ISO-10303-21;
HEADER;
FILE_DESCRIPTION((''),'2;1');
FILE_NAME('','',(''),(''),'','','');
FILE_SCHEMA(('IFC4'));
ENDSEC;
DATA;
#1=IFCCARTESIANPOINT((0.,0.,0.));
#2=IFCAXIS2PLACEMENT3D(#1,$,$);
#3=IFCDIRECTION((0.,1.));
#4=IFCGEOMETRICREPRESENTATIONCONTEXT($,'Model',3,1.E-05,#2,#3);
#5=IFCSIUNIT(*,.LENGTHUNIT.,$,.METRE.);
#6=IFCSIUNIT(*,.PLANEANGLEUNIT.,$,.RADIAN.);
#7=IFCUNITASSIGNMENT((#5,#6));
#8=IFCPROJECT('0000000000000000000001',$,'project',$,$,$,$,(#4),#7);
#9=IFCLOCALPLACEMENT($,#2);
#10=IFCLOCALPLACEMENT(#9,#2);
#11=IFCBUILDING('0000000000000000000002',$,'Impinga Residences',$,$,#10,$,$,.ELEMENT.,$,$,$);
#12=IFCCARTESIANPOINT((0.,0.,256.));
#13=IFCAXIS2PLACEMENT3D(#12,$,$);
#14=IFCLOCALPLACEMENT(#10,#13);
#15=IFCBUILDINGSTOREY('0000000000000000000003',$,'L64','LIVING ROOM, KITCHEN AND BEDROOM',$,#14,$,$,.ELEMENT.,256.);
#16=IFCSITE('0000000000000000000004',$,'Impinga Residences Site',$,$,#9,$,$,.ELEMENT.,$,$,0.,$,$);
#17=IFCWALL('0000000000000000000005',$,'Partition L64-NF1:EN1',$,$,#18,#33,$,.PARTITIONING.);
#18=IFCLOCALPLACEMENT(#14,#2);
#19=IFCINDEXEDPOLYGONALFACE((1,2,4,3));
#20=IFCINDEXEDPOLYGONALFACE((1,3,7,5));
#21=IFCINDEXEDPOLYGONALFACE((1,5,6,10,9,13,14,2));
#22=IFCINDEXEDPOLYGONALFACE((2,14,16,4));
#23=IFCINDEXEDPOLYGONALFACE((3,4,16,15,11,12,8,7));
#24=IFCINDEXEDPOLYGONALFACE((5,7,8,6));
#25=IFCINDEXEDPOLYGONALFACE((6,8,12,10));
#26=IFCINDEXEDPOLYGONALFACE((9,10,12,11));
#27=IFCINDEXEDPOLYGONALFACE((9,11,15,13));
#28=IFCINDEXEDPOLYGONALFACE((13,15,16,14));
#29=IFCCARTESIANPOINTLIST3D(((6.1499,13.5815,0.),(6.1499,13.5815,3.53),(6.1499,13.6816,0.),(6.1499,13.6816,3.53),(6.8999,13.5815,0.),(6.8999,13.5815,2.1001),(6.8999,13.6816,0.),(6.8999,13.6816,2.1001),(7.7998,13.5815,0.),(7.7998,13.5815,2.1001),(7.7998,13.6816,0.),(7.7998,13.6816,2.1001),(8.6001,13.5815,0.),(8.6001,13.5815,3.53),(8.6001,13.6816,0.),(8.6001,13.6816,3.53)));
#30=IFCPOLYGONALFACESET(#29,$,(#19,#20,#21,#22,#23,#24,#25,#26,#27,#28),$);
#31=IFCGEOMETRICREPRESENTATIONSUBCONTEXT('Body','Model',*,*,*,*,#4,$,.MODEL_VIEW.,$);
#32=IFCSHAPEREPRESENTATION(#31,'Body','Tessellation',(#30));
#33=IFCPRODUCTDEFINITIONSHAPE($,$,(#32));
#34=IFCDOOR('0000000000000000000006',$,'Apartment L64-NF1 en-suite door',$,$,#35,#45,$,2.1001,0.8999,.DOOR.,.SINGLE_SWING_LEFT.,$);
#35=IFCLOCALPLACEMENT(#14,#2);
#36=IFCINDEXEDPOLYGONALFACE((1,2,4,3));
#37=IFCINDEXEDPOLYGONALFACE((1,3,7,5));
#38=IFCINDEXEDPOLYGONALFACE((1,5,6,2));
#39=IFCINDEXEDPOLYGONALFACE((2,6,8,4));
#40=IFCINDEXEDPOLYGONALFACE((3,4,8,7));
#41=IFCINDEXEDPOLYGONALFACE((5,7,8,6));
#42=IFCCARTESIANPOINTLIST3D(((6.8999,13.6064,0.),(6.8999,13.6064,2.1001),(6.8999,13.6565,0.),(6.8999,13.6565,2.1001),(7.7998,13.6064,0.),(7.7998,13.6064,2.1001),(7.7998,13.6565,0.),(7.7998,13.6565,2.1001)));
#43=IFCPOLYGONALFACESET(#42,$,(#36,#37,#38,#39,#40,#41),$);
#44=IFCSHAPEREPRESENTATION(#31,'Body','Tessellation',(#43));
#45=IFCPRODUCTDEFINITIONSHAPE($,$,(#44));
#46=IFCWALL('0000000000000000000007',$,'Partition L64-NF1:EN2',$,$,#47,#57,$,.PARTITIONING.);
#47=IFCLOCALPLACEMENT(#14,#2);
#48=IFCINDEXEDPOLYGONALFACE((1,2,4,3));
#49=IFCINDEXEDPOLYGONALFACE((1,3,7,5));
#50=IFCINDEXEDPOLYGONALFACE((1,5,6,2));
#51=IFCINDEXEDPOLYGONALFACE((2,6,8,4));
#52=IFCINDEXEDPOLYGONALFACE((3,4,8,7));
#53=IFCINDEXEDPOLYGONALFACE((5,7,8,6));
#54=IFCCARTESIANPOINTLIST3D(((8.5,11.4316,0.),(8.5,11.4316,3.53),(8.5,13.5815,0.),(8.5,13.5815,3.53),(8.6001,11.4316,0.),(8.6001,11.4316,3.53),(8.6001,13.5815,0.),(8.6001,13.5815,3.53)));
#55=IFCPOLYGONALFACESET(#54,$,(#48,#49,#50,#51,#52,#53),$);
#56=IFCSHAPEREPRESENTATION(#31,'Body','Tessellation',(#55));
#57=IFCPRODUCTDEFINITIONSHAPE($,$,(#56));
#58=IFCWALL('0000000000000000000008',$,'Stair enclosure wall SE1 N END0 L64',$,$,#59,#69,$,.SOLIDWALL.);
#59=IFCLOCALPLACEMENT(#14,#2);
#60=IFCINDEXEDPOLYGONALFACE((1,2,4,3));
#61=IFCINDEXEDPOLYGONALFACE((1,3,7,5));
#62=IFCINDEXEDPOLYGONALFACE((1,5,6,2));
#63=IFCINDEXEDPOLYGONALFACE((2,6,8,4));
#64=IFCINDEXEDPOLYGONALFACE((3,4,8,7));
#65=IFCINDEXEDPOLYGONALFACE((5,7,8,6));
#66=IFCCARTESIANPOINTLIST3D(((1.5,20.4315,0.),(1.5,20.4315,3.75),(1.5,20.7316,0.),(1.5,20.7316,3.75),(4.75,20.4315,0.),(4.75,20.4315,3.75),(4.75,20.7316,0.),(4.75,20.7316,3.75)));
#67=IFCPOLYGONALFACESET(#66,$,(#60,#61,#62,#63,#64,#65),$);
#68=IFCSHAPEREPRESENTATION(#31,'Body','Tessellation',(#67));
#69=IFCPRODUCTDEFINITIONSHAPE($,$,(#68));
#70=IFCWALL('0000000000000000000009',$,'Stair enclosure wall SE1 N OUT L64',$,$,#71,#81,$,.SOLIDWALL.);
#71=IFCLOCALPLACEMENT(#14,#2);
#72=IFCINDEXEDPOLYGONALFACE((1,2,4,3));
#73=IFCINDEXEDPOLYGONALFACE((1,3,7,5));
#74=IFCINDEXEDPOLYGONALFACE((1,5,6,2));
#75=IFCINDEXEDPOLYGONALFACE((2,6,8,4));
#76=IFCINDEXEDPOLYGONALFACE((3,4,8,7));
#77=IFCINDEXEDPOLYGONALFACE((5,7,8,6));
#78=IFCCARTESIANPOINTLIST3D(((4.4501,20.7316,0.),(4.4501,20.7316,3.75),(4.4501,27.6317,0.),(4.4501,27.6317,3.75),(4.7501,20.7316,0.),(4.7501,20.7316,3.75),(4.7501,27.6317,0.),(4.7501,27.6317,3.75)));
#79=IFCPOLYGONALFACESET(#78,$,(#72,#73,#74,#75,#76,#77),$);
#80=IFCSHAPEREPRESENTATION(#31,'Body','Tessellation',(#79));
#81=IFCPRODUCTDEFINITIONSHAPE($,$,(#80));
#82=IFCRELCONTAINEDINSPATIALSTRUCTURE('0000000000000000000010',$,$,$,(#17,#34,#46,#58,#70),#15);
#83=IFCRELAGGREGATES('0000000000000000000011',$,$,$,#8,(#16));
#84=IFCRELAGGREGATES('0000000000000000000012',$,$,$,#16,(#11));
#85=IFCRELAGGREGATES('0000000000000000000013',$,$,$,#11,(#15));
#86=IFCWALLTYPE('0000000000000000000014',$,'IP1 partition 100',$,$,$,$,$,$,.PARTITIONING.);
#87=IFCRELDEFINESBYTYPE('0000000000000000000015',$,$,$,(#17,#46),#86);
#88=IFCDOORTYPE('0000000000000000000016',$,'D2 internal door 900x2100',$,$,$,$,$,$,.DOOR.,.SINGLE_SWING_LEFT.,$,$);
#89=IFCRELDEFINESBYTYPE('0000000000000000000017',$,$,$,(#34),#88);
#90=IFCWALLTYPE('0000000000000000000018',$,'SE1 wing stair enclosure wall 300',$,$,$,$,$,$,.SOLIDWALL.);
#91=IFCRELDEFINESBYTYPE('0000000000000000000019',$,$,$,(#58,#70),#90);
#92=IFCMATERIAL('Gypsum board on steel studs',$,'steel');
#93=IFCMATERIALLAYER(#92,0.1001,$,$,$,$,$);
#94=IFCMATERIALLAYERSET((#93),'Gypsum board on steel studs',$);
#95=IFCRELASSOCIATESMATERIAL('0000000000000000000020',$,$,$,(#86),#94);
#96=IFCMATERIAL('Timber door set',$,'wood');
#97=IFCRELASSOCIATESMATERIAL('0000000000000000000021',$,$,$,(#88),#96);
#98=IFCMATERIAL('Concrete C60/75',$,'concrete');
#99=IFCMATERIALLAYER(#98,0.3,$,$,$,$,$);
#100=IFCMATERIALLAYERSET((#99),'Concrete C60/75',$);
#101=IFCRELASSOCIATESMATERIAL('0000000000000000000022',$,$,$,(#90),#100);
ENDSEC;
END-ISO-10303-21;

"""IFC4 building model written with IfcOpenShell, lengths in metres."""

from ifc_helpers import new_model, si_unit, direction, frame, frame_2d, origin, place, context, subcontext, project, spatial, rectangle, extrude, material, layer, layer_set, type_object, element, fill, save


model = new_model("IFC4")

# Units and contexts
model_context = context("Model", 3, precision=1e-05, world=origin(), true_north=direction((0.0, 1.0)))
body_context = subcontext(model_context, "Body", "Model", "MODEL_VIEW")
ifc_project = project(units=[si_unit("LENGTHUNIT", "METRE"), si_unit("PLANEANGLEUNIT", "RADIAN")], contexts=[model_context])

# Site, building, storey
site_placement = place(None, origin())
site = spatial("IfcSite", under=ifc_project, at=site_placement, Name="Impinga Residences Site", CompositionType="ELEMENT", RefElevation=0.0)
building_placement = place(site_placement, origin())
building = spatial("IfcBuilding", under=site, at=building_placement, Name="Impinga Residences", CompositionType="ELEMENT")
storey_placement = place(building_placement, frame((0.0, 0.0, 256.0)))
storey = spatial("IfcBuildingStorey", under=building, at=storey_placement, Name="L64", Description="LIVING ROOM, KITCHEN AND BEDROOM", CompositionType="ELEMENT", Elevation=256.0)

# Shared definitions
ifc_material_1 = material(Name="Concrete C60/75", Category="concrete")

# Shared definitions
ifc_material_2 = material(Name="Gypsum board on steel studs", Category="steel")
ifc_layer_1 = layer(ifc_material_2, 0.1001)
ifc_layer_set_1 = layer_set([ifc_layer_1], Name="Gypsum board on steel studs")
wall_type_1 = type_object("IfcWallType", Name="IP1 partition 100", PredefinedType="PARTITIONING", material=ifc_layer_set_1)

# Shared definitions
ifc_material_3 = material(Name="Timber door set", Category="wood")
door_type = type_object("IfcDoorType", Name="D2 internal door 900x2100", OperationType="SINGLE_SWING_LEFT", PredefinedType="DOOR", material=ifc_material_3)

# Wall, opening, door
wall_1_placement = place(storey_placement, frame((6.1499, 13.6316, 0.0), z_axis=(0.0, 0.0, 1.0), x_axis=(1.0, 0.0, 0.0)))
wall_1 = element("IfcWall", 1, at=wall_1_placement, inside=storey, type_object=wall_type_1, Name="Partition L64-NF1:EN1", PredefinedType="PARTITIONING", context=body_context, shape_type="SweptSolid", body=[
    extrude(rectangle(XDim=2.4502, YDim=0.1001, at=frame_2d((1.2251, 0.0))), origin(), (0.0, 0.0, 1.0), 3.53),
])
opening_1_placement = place(wall_1_placement, frame((0.75, 0.0, 0.0)))
opening_1 = element("IfcOpeningElement", 2, at=opening_1_placement, cuts=wall_1, PredefinedType="OPENING", context=body_context, shape_type="SweptSolid", body=[
    extrude(rectangle(XDim=0.8999, YDim=2.1001, at=frame_2d((0.45, 1.05))), frame((0.0, 0.0601, 0.0), z_axis=(0.0, -1.0, 0.0), x_axis=(1.0, 0.0, 0.0)), (0.0, 0.0, 1.0), 0.1201),
])
door_1_placement = place(opening_1_placement, origin())
door_1 = element("IfcDoor", 3, at=door_1_placement, inside=storey, type_object=door_type, Name="Apartment L64-NF1 en-suite door", OperationType="SINGLE_SWING_LEFT", OverallHeight=2.1001, OverallWidth=0.8999, PredefinedType="DOOR", context=body_context, shape_type="SweptSolid", body=[
    extrude(rectangle(XDim=0.8999, YDim=2.1001, at=frame_2d((0.45, 1.05))), frame((0.0, 0.0249, 0.0), z_axis=(0.0, -1.0, 0.0), x_axis=(1.0, 0.0, 0.0)), (0.0, 0.0, 1.0), 0.05),
])
fill(opening_1, door_1)

# Walls
wall_2_placement = place(storey_placement, frame((8.55, 11.4316, 0.0), z_axis=(0.0, 0.0, 1.0), x_axis=(0.0, 1.0, 0.0)))
element("IfcWall", 4, at=wall_2_placement, inside=storey, type_object=wall_type_1, Name="Partition L64-NF1:EN2", PredefinedType="PARTITIONING", context=body_context, shape_type="SweptSolid", body=[
    extrude(rectangle(XDim=2.1499, YDim=0.1001, at=frame_2d((1.075, 0.0))), origin(), (0.0, 0.0, 1.0), 3.53),
])
ifc_layer_2 = layer(ifc_material_1, 0.3)
ifc_layer_set_2 = layer_set([ifc_layer_2], Name="Concrete C60/75")
wall_type_2 = type_object("IfcWallType", Name="SE1 wing stair enclosure wall 300", PredefinedType="SOLIDWALL", material=ifc_layer_set_2)
wall_3_placement = place(storey_placement, frame((1.5, 20.5815, 0.0), z_axis=(0.0, 0.0, 1.0), x_axis=(1.0, 0.0, 0.0)))
element("IfcWall", 5, at=wall_3_placement, inside=storey, type_object=wall_type_2, Name="Stair enclosure wall SE1 N END0 L64", PredefinedType="SOLIDWALL", context=body_context, shape_type="SweptSolid", body=[
    extrude(rectangle(XDim=3.25, YDim=0.3, at=frame_2d((1.625, 0.0))), origin(), (0.0, 0.0, 1.0), 3.75),
])
wall_4_placement = place(storey_placement, frame((4.6001, 20.7314, 0.0), z_axis=(0.0, 0.0, 1.0), x_axis=(0.0, 1.0, 0.0)))
element("IfcWall", 6, at=wall_4_placement, inside=storey, type_object=wall_type_2, Name="Stair enclosure wall SE1 N OUT L64", PredefinedType="SOLIDWALL", context=body_context, shape_type="SweptSolid", body=[
    extrude(rectangle(XDim=6.9001, YDim=0.3, at=frame_2d((3.4502, 0.0))), origin(), (0.0, 0.0, 1.0), 3.75),
])

save(model, "model.ifc")
